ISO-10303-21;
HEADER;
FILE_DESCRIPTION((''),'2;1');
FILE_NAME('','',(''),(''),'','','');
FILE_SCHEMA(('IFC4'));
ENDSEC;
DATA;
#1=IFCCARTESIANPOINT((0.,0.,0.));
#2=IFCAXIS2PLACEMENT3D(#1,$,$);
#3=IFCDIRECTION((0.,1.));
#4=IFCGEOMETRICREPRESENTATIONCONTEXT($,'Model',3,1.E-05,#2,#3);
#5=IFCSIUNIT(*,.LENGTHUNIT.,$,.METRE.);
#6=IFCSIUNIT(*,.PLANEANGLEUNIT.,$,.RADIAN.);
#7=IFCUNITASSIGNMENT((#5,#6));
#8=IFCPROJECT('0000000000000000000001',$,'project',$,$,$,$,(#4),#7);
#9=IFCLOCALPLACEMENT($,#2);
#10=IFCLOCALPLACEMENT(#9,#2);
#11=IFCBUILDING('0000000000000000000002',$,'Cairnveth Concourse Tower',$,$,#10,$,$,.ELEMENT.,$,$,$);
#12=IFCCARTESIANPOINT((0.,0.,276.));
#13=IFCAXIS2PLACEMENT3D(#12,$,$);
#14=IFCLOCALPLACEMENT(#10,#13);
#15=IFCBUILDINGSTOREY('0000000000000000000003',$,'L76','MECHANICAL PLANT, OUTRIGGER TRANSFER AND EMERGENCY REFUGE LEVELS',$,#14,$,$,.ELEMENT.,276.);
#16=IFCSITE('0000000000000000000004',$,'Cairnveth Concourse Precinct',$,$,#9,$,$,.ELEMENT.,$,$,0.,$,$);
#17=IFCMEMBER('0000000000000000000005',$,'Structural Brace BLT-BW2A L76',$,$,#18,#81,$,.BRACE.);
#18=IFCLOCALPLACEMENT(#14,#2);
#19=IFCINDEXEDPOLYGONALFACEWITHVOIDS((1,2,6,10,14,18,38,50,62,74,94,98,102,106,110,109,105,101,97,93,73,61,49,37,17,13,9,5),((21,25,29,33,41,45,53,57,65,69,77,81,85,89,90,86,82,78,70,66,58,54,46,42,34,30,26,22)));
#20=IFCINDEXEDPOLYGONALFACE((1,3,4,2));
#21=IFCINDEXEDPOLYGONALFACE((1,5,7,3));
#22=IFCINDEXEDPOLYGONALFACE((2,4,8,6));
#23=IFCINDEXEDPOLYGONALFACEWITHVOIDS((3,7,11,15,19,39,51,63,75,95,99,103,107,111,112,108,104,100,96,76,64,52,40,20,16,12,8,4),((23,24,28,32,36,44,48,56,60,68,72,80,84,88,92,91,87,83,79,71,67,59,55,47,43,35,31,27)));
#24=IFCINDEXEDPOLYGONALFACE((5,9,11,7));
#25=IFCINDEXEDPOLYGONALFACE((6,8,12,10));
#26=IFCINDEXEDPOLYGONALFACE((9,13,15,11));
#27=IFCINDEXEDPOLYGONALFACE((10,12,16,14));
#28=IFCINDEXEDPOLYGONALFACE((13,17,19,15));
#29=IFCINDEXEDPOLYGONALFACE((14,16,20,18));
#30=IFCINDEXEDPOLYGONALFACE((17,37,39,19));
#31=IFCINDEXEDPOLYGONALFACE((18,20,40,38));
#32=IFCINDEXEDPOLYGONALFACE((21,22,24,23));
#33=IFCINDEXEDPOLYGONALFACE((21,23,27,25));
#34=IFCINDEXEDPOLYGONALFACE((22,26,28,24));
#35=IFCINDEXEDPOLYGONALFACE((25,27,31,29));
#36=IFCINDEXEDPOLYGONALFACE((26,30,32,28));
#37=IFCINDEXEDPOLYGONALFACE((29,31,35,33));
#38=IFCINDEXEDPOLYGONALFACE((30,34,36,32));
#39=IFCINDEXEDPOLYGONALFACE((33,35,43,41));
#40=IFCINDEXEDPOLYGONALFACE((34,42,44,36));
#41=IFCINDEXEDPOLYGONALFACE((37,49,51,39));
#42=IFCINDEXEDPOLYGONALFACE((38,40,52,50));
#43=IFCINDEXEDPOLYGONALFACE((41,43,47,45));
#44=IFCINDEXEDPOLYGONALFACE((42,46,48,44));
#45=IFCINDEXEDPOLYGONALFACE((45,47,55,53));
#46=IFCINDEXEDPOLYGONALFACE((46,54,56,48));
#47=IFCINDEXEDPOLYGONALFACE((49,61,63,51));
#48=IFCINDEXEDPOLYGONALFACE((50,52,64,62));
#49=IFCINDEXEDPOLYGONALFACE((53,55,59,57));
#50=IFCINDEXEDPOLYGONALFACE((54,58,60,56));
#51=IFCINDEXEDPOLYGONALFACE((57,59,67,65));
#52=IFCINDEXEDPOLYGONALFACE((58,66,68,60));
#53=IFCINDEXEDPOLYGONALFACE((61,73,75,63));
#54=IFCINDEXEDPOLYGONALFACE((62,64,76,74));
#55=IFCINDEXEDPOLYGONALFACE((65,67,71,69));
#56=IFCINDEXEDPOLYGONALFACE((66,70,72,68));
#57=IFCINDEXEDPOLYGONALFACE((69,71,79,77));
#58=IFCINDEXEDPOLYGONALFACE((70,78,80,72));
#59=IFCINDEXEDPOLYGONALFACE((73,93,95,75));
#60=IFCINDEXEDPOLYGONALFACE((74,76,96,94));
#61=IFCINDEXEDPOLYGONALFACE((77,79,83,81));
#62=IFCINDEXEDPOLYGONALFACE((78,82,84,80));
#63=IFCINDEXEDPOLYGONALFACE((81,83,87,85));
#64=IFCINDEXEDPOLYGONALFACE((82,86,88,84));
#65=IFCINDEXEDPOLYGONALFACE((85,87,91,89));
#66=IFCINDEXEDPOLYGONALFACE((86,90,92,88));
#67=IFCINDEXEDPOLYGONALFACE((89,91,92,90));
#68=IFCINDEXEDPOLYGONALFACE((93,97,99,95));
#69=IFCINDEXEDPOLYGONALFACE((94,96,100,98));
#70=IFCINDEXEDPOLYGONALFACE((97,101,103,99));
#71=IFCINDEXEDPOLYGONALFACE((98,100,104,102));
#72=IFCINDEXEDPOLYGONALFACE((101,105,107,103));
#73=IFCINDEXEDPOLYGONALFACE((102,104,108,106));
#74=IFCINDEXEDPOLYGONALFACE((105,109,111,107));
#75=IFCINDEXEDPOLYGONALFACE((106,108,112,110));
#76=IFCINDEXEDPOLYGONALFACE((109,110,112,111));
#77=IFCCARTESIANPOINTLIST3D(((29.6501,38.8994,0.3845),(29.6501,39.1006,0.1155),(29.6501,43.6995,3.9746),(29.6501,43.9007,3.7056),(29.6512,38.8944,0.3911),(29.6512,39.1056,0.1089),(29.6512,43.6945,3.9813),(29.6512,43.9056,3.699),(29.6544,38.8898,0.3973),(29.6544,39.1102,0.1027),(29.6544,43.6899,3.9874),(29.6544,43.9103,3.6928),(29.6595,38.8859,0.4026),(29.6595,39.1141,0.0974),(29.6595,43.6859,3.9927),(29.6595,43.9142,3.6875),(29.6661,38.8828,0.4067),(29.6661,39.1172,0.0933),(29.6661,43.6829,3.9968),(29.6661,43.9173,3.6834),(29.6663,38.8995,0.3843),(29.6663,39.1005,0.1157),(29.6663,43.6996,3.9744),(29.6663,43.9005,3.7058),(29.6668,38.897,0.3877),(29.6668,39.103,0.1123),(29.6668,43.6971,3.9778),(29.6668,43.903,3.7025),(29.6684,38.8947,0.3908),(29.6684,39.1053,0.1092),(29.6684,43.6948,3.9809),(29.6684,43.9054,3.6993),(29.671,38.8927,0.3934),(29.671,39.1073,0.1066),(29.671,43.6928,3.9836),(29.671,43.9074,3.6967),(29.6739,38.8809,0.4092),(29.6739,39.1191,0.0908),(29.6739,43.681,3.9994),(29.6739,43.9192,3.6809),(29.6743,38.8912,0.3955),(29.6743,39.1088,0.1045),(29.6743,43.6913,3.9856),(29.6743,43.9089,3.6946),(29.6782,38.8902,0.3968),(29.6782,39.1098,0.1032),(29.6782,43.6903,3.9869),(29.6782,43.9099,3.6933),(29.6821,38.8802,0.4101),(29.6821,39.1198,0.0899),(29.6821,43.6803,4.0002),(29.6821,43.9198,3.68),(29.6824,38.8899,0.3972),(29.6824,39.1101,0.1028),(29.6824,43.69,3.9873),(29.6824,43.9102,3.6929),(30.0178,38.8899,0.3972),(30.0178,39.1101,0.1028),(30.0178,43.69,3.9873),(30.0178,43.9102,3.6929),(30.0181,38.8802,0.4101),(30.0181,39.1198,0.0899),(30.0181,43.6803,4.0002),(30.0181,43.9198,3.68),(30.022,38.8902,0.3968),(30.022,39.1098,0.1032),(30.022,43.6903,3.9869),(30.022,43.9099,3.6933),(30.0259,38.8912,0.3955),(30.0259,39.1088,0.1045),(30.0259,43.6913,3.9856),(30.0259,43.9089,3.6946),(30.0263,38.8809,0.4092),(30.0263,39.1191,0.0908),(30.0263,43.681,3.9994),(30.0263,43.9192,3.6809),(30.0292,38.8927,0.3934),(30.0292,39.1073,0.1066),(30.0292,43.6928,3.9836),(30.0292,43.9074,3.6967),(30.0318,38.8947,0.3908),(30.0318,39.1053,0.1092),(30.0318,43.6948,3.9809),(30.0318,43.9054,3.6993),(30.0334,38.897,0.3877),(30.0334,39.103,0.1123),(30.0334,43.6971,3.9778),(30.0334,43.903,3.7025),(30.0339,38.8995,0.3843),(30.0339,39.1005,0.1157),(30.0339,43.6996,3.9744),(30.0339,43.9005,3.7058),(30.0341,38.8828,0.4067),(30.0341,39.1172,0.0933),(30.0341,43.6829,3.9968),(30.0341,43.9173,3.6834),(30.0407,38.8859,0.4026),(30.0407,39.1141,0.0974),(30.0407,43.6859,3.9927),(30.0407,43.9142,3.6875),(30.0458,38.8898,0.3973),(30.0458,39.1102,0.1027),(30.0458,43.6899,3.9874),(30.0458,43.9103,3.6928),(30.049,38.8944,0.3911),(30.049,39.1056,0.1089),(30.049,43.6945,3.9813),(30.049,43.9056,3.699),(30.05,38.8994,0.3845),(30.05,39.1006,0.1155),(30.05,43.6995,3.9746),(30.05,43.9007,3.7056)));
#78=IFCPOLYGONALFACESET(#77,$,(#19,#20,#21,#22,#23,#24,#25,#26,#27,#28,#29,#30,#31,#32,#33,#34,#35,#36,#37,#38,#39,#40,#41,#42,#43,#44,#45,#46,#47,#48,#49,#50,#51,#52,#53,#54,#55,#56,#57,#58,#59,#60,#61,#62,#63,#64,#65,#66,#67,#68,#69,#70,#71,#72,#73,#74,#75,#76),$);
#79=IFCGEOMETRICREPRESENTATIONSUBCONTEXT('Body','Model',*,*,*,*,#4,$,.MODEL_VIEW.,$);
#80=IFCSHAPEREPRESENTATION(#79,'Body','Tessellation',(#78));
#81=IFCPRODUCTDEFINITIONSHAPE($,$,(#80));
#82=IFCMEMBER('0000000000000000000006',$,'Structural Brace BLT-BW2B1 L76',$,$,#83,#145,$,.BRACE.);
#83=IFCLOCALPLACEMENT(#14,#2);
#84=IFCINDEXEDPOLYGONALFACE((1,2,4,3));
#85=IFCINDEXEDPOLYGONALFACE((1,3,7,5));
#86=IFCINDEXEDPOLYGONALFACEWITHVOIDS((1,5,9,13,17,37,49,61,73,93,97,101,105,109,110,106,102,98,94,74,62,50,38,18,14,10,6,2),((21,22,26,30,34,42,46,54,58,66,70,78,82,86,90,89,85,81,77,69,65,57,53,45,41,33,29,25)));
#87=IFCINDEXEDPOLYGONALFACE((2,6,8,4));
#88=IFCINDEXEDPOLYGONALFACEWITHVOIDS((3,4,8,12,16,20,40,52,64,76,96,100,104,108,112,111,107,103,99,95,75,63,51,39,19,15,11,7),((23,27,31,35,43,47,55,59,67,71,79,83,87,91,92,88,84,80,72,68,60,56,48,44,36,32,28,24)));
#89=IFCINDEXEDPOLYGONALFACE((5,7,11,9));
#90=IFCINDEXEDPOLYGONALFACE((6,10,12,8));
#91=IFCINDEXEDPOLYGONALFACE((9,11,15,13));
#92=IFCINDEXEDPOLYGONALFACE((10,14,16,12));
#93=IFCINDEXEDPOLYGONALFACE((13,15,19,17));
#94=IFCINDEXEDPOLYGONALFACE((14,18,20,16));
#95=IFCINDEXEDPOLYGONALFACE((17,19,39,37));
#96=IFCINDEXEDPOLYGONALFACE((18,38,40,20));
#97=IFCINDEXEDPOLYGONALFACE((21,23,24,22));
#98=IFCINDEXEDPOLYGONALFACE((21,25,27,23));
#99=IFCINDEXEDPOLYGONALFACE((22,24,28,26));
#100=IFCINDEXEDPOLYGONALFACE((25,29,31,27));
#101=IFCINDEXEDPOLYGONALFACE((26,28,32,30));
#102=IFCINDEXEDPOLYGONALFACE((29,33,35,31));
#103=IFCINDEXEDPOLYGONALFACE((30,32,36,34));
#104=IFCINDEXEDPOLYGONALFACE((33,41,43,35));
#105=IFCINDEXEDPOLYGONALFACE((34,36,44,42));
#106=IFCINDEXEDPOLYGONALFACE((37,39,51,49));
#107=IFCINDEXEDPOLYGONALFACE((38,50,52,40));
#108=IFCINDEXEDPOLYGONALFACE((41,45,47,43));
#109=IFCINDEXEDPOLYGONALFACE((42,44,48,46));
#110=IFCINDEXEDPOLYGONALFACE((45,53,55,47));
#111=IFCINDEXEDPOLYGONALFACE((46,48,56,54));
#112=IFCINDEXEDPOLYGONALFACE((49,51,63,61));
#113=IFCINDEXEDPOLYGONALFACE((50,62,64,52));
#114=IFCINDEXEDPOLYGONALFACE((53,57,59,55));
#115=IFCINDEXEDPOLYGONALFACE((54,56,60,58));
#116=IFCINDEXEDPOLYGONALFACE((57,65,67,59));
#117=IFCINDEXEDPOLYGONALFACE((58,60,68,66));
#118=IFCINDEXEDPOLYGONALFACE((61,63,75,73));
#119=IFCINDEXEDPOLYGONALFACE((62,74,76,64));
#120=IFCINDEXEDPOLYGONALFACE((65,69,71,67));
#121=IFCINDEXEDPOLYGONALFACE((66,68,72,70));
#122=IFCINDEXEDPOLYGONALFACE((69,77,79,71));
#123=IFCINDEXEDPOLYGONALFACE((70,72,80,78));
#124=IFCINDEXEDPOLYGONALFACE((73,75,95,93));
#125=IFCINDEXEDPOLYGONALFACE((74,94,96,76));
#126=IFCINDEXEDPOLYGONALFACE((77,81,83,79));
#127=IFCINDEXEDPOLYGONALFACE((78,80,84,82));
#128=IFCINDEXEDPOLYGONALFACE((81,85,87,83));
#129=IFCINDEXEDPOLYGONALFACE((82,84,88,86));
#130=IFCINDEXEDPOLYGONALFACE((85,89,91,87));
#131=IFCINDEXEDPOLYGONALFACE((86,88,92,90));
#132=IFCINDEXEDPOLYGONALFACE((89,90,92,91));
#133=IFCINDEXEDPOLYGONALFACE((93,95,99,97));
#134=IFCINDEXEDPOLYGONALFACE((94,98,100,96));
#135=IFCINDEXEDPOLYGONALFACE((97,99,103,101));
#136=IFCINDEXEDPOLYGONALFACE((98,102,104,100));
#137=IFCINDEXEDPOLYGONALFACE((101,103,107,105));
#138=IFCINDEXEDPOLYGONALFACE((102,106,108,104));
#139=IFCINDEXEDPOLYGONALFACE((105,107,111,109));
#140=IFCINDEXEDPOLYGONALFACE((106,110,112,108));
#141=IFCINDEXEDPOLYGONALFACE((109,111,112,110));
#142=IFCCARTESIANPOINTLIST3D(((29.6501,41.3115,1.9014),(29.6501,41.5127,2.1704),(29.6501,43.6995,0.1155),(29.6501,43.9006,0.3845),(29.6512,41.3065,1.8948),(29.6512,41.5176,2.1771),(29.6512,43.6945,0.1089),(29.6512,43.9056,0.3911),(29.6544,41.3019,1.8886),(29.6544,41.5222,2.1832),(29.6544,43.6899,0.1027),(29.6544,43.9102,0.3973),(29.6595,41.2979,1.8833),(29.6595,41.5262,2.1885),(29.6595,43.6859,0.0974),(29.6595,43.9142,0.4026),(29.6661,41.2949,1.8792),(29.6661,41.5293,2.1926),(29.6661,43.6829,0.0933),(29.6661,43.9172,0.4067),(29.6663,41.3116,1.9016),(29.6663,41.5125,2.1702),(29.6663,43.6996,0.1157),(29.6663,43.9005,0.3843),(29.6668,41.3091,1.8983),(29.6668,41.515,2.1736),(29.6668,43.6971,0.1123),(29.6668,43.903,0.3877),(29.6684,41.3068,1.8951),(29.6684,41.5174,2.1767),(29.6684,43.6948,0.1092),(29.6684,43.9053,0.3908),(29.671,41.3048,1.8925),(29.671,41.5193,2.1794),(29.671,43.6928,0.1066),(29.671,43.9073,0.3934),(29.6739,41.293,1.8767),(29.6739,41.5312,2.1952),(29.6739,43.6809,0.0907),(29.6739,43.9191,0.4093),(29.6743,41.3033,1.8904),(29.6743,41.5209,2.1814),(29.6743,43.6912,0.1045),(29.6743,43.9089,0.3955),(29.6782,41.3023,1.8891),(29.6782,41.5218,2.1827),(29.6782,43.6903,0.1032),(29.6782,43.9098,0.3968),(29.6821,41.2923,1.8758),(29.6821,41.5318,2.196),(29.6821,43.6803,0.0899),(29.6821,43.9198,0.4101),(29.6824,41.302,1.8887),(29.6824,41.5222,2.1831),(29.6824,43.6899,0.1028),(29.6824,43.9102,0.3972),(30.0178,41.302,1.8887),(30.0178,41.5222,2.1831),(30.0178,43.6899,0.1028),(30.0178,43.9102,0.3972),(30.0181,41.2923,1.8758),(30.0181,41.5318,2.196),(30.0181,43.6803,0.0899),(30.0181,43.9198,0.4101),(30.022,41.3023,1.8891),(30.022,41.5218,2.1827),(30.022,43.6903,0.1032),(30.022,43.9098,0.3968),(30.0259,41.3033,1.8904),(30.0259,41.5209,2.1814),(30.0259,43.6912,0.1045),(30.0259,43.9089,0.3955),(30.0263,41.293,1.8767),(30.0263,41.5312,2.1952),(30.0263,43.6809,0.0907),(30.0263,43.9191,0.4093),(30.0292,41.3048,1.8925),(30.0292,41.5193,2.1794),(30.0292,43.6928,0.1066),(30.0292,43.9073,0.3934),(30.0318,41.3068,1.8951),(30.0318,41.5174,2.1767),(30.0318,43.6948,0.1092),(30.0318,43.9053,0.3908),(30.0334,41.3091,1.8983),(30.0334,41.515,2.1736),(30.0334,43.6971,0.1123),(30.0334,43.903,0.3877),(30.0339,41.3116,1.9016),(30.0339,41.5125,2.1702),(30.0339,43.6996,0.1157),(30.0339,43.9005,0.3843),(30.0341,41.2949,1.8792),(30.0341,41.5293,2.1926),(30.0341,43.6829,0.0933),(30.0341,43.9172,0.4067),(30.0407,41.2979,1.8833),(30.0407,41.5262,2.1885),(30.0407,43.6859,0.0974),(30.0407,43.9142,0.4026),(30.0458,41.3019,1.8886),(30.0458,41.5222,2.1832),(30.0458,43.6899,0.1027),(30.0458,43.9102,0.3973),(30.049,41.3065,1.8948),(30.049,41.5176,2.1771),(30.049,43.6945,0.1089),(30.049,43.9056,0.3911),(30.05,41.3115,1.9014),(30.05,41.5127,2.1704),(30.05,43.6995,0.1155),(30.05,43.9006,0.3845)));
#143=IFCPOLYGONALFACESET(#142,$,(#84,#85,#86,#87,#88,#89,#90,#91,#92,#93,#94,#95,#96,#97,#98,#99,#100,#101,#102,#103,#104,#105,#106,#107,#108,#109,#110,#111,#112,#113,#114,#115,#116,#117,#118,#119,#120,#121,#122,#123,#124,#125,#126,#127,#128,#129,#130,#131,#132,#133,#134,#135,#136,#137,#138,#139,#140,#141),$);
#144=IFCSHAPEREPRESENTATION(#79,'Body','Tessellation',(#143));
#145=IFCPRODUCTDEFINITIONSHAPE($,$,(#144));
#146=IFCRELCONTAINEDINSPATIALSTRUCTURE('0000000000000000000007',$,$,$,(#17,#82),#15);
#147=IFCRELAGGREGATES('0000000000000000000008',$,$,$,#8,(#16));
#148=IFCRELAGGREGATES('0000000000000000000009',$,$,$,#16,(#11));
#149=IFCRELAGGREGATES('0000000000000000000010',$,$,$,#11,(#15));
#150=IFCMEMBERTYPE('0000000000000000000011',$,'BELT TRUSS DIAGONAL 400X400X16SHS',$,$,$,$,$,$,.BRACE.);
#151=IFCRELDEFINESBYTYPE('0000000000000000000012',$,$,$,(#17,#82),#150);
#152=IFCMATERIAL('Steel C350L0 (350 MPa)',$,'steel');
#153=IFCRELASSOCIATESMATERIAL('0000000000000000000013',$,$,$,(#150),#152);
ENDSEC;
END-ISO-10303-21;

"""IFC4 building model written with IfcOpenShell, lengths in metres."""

from ifc_helpers import new_model, si_unit, direction, frame, origin, origin_2d, place, context, subcontext, project, spatial, hollow_rectangle, extrude, material, material_profile, profile_set, type_object, element, save


model = new_model("IFC4")

# Units and contexts
model_context = context("Model", 3, precision=1e-05, world=origin(), true_north=direction((0.0, 1.0)))
body_context = subcontext(model_context, "Body", "Model", "MODEL_VIEW")
ifc_project = project(units=[si_unit("LENGTHUNIT", "METRE"), si_unit("PLANEANGLEUNIT", "RADIAN")], contexts=[model_context])

# Site, building, storey
site_placement = place(None, origin())
site = spatial("IfcSite", under=ifc_project, at=site_placement, Name="Cairnveth Concourse Precinct", CompositionType="ELEMENT", RefElevation=0.0)
building_placement = place(site_placement, origin())
building = spatial("IfcBuilding", under=site, at=building_placement, Name="Cairnveth Concourse Tower", CompositionType="ELEMENT")
storey_placement = place(building_placement, frame((0.0, 0.0, 276.0)))
storey = spatial("IfcBuildingStorey", under=building, at=storey_placement, Name="L76", Description="MECHANICAL PLANT, OUTRIGGER TRANSFER AND EMERGENCY REFUGE LEVELS", CompositionType="ELEMENT", Elevation=276.0)

# Members
ifc_material_1 = material(Name="Steel C350L0 (350 MPa)", Category="steel")
ifc_material_profile_1 = material_profile(ifc_material_1, hollow_rectangle(XDim=0.3999, YDim=0.3999, WallThickness=0.0161, InnerFilletRadius=0.0161, OuterFilletRadius=0.032, at=origin_2d()), Name="400x400x16.0SHS")
ifc_profile_set_1 = profile_set([ifc_material_profile_1], Name="Steel C350L0 (350 MPa)")
member_type_1 = type_object("IfcMemberType", Name="BELT TRUSS DIAGONAL 400X400X16SHS", PredefinedType="BRACE", material=ifc_profile_set_1)
member_1_placement = place(storey_placement, frame((29.8501, 39.0, 0.25), z_axis=(0.0, 0.800796, 0.598937), x_axis=(-1.0, 0.0, 0.0)))
element("IfcMember", 1, at=member_1_placement, inside=storey, type_object=member_type_1, Name="Structural Brace BLT-BW2A L76", PredefinedType="BRACE", context=body_context, shape_type="SweptSolid", body=[
    extrude(hollow_rectangle(XDim=0.3999, YDim=0.3999, WallThickness=0.0161, InnerFilletRadius=0.0161, OuterFilletRadius=0.032, at=origin_2d()), origin(), (0.0, 0.0, 1.0), 5.9941),
])
for number, where, z_axis, x_axis, name in (
    (2, (29.8501, 43.8, 0.25), (0.0, -0.800815, 0.598912), (1.0, 0.0, 0.0), "Structural Brace BLT-BW2B1 L76"),
):
    element("IfcMember", number, at=place(storey_placement, frame(where, z_axis=z_axis, x_axis=x_axis)), inside=storey, type_object=member_type_1, Name=name, PredefinedType="BRACE", context=body_context, shape_type="SweptSolid", body=[
        extrude(hollow_rectangle(XDim=0.3999, YDim=0.3999, WallThickness=0.0161, InnerFilletRadius=0.0161, OuterFilletRadius=0.032, at=origin_2d()), origin(), (0.0, 0.0, 1.0), 2.9819),
    ])

save(model, "model.ifc")
